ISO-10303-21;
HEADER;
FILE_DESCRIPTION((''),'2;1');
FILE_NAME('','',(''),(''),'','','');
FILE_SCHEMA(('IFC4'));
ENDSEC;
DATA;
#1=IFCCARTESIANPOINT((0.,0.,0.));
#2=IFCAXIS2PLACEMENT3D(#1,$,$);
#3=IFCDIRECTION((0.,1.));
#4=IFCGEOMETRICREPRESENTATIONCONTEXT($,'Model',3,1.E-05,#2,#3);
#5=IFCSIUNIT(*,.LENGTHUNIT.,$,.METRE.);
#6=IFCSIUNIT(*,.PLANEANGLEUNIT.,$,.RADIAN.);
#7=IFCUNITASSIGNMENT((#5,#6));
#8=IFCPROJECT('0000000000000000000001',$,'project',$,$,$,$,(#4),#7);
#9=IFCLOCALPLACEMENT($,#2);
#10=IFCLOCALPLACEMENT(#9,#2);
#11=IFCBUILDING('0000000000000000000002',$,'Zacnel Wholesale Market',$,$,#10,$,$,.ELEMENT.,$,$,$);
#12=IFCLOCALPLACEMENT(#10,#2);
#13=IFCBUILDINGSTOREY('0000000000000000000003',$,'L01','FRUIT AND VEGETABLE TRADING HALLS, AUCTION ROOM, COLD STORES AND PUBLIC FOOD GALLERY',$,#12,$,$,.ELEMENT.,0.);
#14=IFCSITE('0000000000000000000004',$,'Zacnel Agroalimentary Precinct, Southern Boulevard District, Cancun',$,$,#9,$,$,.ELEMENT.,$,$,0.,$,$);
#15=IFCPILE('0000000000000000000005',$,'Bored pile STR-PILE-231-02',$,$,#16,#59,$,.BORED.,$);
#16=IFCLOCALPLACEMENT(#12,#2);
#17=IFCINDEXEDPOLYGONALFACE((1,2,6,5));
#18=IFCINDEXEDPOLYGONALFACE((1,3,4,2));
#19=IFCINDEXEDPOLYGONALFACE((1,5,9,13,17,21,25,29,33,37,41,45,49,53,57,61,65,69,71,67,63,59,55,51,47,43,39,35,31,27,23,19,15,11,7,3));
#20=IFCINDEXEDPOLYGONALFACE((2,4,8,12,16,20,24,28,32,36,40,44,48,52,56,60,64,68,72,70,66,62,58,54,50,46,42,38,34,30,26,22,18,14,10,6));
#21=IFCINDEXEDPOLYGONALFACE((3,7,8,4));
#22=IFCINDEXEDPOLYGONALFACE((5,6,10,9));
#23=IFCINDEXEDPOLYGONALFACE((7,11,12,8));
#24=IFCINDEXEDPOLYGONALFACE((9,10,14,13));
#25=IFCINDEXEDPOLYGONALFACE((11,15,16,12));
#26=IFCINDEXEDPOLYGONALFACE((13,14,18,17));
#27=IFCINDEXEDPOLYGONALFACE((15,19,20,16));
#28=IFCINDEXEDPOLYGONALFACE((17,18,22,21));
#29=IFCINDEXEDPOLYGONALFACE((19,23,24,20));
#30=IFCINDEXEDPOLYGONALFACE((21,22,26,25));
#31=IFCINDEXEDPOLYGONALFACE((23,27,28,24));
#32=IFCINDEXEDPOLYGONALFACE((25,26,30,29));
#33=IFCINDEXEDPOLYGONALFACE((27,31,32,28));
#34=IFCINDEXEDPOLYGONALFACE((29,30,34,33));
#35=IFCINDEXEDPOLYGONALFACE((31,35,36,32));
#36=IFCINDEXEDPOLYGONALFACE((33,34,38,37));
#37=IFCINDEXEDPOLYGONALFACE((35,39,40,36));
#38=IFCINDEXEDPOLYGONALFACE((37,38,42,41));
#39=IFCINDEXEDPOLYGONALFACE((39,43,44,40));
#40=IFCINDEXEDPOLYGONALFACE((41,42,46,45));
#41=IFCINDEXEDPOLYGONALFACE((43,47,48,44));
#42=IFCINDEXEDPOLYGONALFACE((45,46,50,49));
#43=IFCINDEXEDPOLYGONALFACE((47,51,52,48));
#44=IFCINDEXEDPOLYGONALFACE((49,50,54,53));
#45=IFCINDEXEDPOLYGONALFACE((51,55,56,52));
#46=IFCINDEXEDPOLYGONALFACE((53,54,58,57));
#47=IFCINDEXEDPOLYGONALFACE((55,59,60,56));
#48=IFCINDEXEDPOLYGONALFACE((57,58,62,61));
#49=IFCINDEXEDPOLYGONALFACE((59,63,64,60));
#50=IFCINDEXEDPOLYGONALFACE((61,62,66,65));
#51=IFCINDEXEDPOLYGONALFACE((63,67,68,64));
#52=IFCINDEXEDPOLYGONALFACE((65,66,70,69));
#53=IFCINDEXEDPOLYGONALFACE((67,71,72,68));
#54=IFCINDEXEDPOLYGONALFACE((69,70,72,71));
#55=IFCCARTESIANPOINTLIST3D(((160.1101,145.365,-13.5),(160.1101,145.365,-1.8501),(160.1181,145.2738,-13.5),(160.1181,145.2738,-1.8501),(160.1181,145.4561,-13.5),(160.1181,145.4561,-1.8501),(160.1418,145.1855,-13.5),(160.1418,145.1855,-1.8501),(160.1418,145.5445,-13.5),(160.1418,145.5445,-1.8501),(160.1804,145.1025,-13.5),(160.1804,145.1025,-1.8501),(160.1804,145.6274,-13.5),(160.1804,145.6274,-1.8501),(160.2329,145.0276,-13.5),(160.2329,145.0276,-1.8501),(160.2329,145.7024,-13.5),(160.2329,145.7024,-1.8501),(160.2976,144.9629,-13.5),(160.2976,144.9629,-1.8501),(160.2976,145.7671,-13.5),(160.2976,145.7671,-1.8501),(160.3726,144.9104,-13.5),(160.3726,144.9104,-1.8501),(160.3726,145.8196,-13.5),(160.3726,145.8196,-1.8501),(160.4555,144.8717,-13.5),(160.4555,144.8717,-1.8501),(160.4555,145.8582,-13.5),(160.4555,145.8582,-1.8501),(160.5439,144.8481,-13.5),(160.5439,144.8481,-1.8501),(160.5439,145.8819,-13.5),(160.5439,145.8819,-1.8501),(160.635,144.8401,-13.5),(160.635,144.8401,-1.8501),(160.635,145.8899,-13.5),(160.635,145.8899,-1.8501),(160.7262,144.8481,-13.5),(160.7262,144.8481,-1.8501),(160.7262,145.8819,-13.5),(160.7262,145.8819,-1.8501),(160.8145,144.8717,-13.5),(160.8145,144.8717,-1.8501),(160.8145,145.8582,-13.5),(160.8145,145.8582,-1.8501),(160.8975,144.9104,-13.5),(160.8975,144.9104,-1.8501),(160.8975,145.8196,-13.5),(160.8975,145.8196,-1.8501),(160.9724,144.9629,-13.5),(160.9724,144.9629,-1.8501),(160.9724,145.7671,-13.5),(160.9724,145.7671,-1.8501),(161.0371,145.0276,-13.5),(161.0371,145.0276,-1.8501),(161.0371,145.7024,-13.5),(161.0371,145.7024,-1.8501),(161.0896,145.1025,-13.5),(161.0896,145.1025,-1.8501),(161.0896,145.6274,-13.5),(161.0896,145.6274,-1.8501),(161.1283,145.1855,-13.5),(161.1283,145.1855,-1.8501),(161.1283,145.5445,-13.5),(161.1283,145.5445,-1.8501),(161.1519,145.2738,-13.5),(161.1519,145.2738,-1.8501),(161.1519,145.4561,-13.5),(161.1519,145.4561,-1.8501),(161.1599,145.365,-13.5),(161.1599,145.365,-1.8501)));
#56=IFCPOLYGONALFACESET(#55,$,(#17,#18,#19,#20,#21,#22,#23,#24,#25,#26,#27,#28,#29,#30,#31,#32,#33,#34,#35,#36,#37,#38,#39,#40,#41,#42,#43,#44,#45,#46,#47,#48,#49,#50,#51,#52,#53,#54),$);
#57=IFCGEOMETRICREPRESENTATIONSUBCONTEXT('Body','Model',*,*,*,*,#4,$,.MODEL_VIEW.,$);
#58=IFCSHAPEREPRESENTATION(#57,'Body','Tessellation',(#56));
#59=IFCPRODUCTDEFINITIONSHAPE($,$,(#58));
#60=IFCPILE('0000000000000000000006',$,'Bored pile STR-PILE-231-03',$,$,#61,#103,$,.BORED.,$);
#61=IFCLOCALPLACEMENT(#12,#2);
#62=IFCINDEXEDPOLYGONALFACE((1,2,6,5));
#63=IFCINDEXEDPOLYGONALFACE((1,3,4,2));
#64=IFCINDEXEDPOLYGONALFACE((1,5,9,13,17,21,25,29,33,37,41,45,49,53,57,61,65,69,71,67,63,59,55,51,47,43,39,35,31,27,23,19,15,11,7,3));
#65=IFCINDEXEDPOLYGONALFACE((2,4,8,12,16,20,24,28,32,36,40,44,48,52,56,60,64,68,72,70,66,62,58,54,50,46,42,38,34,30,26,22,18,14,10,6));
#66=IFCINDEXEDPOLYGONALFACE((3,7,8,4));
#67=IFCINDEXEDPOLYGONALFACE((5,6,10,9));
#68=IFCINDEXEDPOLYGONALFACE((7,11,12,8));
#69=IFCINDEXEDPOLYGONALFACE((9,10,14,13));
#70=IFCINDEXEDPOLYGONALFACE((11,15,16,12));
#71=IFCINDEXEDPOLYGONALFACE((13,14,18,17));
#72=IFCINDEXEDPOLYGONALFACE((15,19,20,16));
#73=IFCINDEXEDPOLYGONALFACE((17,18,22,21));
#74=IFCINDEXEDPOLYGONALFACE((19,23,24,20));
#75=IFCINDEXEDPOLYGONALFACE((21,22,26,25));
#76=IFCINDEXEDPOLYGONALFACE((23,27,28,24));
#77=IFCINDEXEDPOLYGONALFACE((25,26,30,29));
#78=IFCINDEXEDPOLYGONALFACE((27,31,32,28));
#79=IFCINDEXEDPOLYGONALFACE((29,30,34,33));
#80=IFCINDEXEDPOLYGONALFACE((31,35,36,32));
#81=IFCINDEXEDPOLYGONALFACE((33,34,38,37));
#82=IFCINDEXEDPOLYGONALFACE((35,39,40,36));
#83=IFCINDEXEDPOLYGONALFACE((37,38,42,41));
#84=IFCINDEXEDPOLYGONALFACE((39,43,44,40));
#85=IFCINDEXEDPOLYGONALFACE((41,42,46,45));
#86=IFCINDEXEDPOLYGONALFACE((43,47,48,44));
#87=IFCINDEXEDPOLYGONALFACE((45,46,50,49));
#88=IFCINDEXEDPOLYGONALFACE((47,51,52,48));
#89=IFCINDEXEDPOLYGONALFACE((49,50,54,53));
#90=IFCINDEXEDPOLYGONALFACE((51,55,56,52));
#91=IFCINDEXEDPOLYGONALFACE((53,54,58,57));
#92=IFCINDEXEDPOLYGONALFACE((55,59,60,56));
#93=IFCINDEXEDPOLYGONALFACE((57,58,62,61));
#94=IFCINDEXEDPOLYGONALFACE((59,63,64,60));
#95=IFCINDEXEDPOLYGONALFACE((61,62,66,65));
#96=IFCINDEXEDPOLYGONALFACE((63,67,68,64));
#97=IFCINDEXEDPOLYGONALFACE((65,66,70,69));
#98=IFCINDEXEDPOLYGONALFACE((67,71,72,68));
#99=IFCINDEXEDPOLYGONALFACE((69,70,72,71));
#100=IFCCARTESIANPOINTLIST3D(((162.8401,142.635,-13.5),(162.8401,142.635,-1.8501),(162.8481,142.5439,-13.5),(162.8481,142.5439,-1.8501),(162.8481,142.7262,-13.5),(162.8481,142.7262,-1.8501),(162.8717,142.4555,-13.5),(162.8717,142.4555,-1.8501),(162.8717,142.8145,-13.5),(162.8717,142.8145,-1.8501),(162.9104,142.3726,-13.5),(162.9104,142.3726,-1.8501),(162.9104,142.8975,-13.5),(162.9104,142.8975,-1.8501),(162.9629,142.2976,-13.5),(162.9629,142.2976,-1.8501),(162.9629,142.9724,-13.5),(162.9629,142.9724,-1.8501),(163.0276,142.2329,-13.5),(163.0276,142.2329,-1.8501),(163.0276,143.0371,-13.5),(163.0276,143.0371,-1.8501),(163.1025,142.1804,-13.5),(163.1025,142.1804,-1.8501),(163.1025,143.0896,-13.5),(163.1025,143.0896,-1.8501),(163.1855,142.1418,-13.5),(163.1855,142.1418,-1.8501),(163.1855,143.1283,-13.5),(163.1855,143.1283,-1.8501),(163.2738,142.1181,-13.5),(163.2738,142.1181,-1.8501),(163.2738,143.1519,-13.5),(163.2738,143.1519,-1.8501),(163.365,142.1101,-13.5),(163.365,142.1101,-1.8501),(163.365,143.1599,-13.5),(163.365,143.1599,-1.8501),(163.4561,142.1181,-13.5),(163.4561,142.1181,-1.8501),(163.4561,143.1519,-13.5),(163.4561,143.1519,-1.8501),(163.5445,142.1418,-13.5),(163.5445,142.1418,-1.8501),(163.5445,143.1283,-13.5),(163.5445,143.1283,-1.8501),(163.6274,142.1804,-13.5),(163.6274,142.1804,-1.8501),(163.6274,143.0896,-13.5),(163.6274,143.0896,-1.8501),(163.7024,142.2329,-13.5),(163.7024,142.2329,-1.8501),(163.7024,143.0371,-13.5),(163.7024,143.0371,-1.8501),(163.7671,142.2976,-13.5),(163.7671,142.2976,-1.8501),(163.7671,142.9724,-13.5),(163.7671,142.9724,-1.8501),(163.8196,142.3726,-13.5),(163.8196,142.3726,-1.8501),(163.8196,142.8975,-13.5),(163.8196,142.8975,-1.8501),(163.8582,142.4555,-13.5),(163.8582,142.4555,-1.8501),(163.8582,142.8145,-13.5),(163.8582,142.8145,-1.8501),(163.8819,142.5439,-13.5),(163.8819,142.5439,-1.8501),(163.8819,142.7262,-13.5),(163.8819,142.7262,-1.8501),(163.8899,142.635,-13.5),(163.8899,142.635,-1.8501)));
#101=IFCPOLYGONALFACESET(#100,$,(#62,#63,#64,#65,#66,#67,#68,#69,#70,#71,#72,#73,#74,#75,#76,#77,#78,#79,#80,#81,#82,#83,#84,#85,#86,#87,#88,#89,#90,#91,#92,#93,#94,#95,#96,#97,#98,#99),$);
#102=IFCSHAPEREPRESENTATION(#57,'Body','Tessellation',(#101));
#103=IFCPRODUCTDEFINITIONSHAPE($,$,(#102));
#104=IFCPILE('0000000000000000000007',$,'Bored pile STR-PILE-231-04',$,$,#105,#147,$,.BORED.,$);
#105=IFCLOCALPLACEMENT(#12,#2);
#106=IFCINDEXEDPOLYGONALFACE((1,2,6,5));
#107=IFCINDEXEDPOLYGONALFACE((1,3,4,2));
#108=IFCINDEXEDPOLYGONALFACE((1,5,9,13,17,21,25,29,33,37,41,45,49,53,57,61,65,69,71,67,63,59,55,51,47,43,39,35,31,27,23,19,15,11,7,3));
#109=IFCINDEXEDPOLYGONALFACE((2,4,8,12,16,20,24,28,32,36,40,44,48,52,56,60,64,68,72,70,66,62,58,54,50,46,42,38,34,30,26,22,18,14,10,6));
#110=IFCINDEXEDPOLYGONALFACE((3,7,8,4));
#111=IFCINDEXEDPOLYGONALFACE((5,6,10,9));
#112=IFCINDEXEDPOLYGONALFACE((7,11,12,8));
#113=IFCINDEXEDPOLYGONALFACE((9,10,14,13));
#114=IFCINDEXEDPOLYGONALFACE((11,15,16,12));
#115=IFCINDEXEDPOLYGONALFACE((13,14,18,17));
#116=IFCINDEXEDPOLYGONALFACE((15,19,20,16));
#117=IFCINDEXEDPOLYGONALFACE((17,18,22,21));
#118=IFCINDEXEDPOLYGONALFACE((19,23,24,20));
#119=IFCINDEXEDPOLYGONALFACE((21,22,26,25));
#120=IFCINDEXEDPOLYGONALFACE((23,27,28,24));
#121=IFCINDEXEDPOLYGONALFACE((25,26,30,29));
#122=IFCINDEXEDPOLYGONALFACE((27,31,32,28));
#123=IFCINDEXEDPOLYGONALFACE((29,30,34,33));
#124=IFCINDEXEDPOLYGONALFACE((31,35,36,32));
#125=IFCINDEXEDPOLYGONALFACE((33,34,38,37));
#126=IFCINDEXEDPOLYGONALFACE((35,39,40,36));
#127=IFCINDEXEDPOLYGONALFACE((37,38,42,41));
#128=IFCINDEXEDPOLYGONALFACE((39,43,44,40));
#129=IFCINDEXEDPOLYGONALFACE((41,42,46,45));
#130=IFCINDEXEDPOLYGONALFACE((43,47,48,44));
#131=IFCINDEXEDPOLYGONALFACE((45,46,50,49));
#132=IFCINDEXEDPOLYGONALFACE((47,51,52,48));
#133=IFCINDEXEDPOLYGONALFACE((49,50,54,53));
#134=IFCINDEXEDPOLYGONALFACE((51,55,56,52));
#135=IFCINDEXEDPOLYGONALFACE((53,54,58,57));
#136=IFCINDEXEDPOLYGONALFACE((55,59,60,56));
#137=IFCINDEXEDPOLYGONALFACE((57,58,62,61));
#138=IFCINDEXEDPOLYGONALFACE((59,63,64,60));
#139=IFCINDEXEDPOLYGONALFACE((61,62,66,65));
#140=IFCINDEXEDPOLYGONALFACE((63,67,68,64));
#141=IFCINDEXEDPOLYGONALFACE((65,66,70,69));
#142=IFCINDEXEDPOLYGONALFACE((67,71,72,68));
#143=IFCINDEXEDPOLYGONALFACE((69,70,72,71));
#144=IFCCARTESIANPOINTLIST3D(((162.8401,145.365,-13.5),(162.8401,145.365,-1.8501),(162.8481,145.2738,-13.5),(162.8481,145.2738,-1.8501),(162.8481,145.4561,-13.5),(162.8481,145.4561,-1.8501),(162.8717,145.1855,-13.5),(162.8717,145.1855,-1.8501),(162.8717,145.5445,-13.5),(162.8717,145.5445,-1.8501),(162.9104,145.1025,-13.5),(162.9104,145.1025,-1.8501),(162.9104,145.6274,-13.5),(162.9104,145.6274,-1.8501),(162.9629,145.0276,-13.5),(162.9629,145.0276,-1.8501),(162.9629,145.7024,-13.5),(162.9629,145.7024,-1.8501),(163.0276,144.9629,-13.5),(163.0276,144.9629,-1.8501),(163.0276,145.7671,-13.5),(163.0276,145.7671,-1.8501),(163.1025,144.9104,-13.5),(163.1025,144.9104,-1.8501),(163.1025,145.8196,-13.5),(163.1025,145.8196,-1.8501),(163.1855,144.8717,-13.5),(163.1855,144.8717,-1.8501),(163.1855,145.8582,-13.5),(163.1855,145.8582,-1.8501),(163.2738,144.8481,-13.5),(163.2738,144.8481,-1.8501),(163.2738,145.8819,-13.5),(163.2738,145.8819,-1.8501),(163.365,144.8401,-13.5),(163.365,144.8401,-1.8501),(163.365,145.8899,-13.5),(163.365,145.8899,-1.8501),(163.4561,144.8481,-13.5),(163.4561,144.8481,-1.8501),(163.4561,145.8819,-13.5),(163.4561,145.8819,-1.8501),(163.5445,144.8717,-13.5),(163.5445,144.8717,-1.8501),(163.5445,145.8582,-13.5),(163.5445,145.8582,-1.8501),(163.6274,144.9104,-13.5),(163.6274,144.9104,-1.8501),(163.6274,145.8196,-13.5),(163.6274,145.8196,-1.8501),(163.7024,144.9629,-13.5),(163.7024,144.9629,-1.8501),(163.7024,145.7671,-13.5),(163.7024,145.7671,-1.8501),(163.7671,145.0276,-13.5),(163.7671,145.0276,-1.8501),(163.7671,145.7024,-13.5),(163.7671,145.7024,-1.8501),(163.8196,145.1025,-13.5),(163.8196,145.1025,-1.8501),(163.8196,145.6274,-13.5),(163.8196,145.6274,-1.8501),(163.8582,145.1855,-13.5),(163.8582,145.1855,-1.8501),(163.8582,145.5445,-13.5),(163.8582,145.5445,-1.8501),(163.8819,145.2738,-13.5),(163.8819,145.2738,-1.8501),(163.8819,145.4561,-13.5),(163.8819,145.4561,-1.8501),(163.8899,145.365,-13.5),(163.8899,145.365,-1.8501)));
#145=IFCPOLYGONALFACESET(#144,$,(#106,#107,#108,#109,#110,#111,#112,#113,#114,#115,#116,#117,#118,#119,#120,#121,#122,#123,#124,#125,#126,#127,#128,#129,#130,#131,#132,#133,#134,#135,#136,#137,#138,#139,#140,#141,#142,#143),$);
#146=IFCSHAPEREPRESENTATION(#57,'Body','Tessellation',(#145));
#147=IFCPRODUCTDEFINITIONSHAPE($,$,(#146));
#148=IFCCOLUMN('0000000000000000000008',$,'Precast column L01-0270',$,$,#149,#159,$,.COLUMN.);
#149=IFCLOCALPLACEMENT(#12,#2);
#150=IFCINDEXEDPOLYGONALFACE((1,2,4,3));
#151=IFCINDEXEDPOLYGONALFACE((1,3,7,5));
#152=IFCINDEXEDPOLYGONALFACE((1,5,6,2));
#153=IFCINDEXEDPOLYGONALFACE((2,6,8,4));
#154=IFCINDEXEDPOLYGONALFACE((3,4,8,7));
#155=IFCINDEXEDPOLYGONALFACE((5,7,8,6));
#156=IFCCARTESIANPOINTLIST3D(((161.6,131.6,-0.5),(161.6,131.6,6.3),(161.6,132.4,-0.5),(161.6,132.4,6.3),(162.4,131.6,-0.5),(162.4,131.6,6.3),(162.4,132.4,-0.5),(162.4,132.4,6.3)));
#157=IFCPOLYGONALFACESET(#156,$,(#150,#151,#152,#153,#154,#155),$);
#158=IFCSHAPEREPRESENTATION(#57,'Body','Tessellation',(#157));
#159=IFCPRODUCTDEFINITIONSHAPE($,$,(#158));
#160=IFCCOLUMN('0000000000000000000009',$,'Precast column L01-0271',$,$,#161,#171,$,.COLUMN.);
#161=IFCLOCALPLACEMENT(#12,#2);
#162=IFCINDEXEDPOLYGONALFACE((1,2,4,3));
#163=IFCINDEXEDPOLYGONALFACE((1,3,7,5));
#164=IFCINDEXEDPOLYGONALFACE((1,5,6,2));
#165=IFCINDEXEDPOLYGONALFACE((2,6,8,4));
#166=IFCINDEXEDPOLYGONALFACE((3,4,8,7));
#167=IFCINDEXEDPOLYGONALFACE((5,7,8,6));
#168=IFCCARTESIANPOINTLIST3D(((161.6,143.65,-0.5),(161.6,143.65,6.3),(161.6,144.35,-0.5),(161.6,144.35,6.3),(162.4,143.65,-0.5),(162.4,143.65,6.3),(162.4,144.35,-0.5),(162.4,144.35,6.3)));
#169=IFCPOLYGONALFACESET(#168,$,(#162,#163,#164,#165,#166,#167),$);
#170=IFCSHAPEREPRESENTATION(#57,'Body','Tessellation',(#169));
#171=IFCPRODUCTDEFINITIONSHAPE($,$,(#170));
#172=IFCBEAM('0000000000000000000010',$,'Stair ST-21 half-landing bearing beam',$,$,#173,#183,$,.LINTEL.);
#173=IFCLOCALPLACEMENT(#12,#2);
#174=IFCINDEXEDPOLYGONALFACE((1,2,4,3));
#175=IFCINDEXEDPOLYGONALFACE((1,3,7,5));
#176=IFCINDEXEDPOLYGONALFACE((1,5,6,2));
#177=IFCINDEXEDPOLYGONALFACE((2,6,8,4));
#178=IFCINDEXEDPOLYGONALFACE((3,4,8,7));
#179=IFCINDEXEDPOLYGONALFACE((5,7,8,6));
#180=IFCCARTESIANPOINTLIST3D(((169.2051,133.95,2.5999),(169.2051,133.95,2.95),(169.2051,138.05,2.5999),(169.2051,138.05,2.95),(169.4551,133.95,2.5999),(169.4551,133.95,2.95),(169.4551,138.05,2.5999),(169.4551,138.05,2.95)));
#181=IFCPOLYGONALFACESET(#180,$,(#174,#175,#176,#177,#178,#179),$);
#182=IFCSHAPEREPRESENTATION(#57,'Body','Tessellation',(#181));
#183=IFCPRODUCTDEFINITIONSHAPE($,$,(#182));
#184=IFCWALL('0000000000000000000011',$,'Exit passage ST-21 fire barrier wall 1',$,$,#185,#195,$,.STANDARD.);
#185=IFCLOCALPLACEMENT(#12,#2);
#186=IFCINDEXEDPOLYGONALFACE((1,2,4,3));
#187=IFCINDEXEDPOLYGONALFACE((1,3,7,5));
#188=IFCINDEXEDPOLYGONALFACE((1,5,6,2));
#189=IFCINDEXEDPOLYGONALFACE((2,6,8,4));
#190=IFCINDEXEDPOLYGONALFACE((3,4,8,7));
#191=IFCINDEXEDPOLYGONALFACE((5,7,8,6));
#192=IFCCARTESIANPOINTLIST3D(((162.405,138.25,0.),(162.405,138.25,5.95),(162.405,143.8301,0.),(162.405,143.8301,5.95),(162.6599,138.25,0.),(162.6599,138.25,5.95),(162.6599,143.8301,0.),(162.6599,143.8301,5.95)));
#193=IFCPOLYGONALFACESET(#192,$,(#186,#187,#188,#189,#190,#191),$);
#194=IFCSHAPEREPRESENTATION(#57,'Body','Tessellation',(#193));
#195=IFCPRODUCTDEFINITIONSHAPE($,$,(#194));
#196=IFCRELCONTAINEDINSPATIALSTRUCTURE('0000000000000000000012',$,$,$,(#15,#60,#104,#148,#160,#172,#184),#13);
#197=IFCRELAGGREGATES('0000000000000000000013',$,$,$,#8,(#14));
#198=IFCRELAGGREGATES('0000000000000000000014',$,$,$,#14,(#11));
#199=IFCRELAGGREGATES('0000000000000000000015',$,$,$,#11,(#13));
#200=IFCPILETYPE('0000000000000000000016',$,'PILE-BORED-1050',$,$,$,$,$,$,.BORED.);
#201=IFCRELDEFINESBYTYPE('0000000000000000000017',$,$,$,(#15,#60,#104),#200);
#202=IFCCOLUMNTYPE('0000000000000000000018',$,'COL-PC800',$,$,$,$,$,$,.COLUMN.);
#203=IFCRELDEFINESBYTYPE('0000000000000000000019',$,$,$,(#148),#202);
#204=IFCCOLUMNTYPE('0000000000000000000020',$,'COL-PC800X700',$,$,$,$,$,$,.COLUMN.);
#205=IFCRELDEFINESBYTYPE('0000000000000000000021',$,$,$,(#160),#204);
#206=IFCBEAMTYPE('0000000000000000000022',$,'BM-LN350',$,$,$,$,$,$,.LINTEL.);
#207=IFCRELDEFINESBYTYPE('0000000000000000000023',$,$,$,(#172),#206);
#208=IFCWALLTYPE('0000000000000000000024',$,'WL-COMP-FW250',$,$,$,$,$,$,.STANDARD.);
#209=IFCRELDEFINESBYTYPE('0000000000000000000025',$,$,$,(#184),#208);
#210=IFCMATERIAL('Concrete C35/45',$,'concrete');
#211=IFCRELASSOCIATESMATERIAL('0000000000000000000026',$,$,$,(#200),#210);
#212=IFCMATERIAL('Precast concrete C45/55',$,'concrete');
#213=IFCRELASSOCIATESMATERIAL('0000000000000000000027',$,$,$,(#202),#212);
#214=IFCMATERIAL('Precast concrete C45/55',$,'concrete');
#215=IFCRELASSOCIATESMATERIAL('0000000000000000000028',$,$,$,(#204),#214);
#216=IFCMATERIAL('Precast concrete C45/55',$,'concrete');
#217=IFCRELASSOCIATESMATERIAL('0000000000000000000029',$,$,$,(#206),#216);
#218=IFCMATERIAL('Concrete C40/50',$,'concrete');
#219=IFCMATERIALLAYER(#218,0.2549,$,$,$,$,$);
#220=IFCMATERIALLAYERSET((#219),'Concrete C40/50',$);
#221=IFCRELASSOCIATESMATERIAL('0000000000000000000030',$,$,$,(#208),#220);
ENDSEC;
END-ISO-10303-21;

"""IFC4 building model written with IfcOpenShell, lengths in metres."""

from ifc_helpers import new_model, si_unit, direction, frame, frame_2d, origin, origin_2d, place, context, subcontext, project, spatial, rectangle, circle, extrude, material, layer, layer_set, material_profile, profile_set, type_object, element, save


model = new_model("IFC4")

# Units and contexts
model_context = context("Model", 3, precision=1e-05, world=origin(), true_north=direction((0.0, 1.0)))
body_context = subcontext(model_context, "Body", "Model", "MODEL_VIEW")
ifc_project = project(units=[si_unit("LENGTHUNIT", "METRE"), si_unit("PLANEANGLEUNIT", "RADIAN")], contexts=[model_context])

# Site, building, storey
site_placement = place(None, origin())
site = spatial("IfcSite", under=ifc_project, at=site_placement, Name="Zacnel Agroalimentary Precinct, Southern Boulevard District, Cancun", CompositionType="ELEMENT", RefElevation=0.0)
building_placement = place(site_placement, origin())
building = spatial("IfcBuilding", under=site, at=building_placement, Name="Zacnel Wholesale Market", CompositionType="ELEMENT")
storey_placement = place(building_placement, origin())
storey = spatial("IfcBuildingStorey", under=building, at=storey_placement, Name="L01", Description="FRUIT AND VEGETABLE TRADING HALLS, AUCTION ROOM, COLD STORES AND PUBLIC FOOD GALLERY", CompositionType="ELEMENT", Elevation=0.0)

# Piles
ifc_material_1 = material(Name="Concrete C35/45", Category="concrete")
ifc_material_profile_1 = material_profile(ifc_material_1, circle(Radius=0.5249, at=origin_2d()), Name="BORED PILE D1050")
ifc_profile_set_1 = profile_set([ifc_material_profile_1], Name="Concrete C35/45")
pile_type = type_object("IfcPileType", Name="PILE-BORED-1050", PredefinedType="BORED", material=ifc_profile_set_1)
for number, where, z_axis, x_axis, name in (
    (1, (160.635, 145.365, -1.8501), (0.0, 0.0, -1.0), (1.0, 0.0, 0.0), "Bored pile STR-PILE-231-02"),
    (2, (163.365, 142.635, -1.8501), (0.0, 0.0, -1.0), (1.0, 0.0, 0.0), "Bored pile STR-PILE-231-03"),
    (3, (163.365, 145.365, -1.8501), (0.0, 0.0, -1.0), (1.0, 0.0, 0.0), "Bored pile STR-PILE-231-04"),
):
    element("IfcPile", number, at=place(storey_placement, frame(where, z_axis=z_axis, x_axis=x_axis)), inside=storey, type_object=pile_type, Name=name, PredefinedType="BORED", context=body_context, shape_type="SweptSolid", body=[
        extrude(circle(Radius=0.5249, at=origin_2d()), origin(), (0.0, 0.0, 1.0), 11.6499),
    ])

# Columns
ifc_material_2 = material(Name="Precast concrete C45/55", Category="concrete")
ifc_material_profile_2 = material_profile(ifc_material_2, rectangle(XDim=0.8, YDim=0.8, at=origin_2d()), Name="PC 800x800")
ifc_profile_set_2 = profile_set([ifc_material_profile_2], Name="Precast concrete C45/55")
column_type_1 = type_object("IfcColumnType", Name="COL-PC800", PredefinedType="COLUMN", material=ifc_profile_set_2)
column_1_placement = place(storey_placement, frame((162.0, 132.0, -0.5), z_axis=(0.0, 0.0, 1.0), x_axis=(1.0, 0.0, 0.0)))
element("IfcColumn", 4, at=column_1_placement, inside=storey, type_object=column_type_1, Name="Precast column L01-0270", PredefinedType="COLUMN", context=body_context, shape_type="SweptSolid", body=[
    extrude(rectangle(XDim=0.8, YDim=0.8, at=origin_2d()), origin(), (0.0, 0.0, 1.0), 6.8),
])
ifc_material_3 = material(Name="Precast concrete C45/55", Category="concrete")
ifc_material_profile_3 = material_profile(ifc_material_3, rectangle(XDim=0.8, YDim=0.7, at=origin_2d()), Name="PC 800x700")
ifc_profile_set_3 = profile_set([ifc_material_profile_3], Name="Precast concrete C45/55")
column_type_2 = type_object("IfcColumnType", Name="COL-PC800X700", PredefinedType="COLUMN", material=ifc_profile_set_3)
column_2_placement = place(storey_placement, frame((162.0, 144.0, -0.5), z_axis=(0.0, 0.0, 1.0), x_axis=(1.0, 0.0, 0.0)))
element("IfcColumn", 5, at=column_2_placement, inside=storey, type_object=column_type_2, Name="Precast column L01-0271", PredefinedType="COLUMN", context=body_context, shape_type="SweptSolid", body=[
    extrude(rectangle(XDim=0.8, YDim=0.7, at=origin_2d()), origin(), (0.0, 0.0, 1.0), 6.8),
])

# Beam
ifc_material_4 = material(Name="Precast concrete C45/55", Category="concrete")
ifc_material_profile_4 = material_profile(ifc_material_4, rectangle(XDim=0.25, YDim=0.3501, at=origin_2d()), Name="LN 250x350")
ifc_profile_set_4 = profile_set([ifc_material_profile_4], Name="Precast concrete C45/55")
beam_type = type_object("IfcBeamType", Name="BM-LN350", PredefinedType="LINTEL", material=ifc_profile_set_4)
beam_placement = place(storey_placement, frame((169.3301, 133.95, 2.7749), z_axis=(0.0, 1.0, 0.0), x_axis=(-1.0, 0.0, 0.0)))
element("IfcBeam", 6, at=beam_placement, inside=storey, type_object=beam_type, Name="Stair ST-21 half-landing bearing beam", PredefinedType="LINTEL", context=body_context, shape_type="SweptSolid", body=[
    extrude(rectangle(XDim=0.25, YDim=0.3501, at=origin_2d()), origin(), (0.0, 0.0, 1.0), 4.1001),
])

# Wall
ifc_material_5 = material(Name="Concrete C40/50", Category="concrete")
ifc_layer_1 = layer(ifc_material_5, 0.2549)
ifc_layer_set_1 = layer_set([ifc_layer_1], Name="Concrete C40/50")
wall_type_1 = type_object("IfcWallType", Name="WL-COMP-FW250", PredefinedType="STANDARD", material=ifc_layer_set_1)
for number, where, z_axis, x_axis, name in (
    (7, (162.5325, 138.25, 0.0), (0.0, 0.0, 1.0), (0.0, 1.0, 0.0), "Exit passage ST-21 fire barrier wall 1"),
):
    element("IfcWall", number, at=place(storey_placement, frame(where, z_axis=z_axis, x_axis=x_axis)), inside=storey, type_object=wall_type_1, Name=name, PredefinedType="STANDARD", context=body_context, shape_type="SweptSolid", body=[
        extrude(rectangle(XDim=5.5801, YDim=0.2549, at=frame_2d((2.79, 0.0))), origin(), (0.0, 0.0, 1.0), 5.95),
    ])

save(model, "model.ifc")
